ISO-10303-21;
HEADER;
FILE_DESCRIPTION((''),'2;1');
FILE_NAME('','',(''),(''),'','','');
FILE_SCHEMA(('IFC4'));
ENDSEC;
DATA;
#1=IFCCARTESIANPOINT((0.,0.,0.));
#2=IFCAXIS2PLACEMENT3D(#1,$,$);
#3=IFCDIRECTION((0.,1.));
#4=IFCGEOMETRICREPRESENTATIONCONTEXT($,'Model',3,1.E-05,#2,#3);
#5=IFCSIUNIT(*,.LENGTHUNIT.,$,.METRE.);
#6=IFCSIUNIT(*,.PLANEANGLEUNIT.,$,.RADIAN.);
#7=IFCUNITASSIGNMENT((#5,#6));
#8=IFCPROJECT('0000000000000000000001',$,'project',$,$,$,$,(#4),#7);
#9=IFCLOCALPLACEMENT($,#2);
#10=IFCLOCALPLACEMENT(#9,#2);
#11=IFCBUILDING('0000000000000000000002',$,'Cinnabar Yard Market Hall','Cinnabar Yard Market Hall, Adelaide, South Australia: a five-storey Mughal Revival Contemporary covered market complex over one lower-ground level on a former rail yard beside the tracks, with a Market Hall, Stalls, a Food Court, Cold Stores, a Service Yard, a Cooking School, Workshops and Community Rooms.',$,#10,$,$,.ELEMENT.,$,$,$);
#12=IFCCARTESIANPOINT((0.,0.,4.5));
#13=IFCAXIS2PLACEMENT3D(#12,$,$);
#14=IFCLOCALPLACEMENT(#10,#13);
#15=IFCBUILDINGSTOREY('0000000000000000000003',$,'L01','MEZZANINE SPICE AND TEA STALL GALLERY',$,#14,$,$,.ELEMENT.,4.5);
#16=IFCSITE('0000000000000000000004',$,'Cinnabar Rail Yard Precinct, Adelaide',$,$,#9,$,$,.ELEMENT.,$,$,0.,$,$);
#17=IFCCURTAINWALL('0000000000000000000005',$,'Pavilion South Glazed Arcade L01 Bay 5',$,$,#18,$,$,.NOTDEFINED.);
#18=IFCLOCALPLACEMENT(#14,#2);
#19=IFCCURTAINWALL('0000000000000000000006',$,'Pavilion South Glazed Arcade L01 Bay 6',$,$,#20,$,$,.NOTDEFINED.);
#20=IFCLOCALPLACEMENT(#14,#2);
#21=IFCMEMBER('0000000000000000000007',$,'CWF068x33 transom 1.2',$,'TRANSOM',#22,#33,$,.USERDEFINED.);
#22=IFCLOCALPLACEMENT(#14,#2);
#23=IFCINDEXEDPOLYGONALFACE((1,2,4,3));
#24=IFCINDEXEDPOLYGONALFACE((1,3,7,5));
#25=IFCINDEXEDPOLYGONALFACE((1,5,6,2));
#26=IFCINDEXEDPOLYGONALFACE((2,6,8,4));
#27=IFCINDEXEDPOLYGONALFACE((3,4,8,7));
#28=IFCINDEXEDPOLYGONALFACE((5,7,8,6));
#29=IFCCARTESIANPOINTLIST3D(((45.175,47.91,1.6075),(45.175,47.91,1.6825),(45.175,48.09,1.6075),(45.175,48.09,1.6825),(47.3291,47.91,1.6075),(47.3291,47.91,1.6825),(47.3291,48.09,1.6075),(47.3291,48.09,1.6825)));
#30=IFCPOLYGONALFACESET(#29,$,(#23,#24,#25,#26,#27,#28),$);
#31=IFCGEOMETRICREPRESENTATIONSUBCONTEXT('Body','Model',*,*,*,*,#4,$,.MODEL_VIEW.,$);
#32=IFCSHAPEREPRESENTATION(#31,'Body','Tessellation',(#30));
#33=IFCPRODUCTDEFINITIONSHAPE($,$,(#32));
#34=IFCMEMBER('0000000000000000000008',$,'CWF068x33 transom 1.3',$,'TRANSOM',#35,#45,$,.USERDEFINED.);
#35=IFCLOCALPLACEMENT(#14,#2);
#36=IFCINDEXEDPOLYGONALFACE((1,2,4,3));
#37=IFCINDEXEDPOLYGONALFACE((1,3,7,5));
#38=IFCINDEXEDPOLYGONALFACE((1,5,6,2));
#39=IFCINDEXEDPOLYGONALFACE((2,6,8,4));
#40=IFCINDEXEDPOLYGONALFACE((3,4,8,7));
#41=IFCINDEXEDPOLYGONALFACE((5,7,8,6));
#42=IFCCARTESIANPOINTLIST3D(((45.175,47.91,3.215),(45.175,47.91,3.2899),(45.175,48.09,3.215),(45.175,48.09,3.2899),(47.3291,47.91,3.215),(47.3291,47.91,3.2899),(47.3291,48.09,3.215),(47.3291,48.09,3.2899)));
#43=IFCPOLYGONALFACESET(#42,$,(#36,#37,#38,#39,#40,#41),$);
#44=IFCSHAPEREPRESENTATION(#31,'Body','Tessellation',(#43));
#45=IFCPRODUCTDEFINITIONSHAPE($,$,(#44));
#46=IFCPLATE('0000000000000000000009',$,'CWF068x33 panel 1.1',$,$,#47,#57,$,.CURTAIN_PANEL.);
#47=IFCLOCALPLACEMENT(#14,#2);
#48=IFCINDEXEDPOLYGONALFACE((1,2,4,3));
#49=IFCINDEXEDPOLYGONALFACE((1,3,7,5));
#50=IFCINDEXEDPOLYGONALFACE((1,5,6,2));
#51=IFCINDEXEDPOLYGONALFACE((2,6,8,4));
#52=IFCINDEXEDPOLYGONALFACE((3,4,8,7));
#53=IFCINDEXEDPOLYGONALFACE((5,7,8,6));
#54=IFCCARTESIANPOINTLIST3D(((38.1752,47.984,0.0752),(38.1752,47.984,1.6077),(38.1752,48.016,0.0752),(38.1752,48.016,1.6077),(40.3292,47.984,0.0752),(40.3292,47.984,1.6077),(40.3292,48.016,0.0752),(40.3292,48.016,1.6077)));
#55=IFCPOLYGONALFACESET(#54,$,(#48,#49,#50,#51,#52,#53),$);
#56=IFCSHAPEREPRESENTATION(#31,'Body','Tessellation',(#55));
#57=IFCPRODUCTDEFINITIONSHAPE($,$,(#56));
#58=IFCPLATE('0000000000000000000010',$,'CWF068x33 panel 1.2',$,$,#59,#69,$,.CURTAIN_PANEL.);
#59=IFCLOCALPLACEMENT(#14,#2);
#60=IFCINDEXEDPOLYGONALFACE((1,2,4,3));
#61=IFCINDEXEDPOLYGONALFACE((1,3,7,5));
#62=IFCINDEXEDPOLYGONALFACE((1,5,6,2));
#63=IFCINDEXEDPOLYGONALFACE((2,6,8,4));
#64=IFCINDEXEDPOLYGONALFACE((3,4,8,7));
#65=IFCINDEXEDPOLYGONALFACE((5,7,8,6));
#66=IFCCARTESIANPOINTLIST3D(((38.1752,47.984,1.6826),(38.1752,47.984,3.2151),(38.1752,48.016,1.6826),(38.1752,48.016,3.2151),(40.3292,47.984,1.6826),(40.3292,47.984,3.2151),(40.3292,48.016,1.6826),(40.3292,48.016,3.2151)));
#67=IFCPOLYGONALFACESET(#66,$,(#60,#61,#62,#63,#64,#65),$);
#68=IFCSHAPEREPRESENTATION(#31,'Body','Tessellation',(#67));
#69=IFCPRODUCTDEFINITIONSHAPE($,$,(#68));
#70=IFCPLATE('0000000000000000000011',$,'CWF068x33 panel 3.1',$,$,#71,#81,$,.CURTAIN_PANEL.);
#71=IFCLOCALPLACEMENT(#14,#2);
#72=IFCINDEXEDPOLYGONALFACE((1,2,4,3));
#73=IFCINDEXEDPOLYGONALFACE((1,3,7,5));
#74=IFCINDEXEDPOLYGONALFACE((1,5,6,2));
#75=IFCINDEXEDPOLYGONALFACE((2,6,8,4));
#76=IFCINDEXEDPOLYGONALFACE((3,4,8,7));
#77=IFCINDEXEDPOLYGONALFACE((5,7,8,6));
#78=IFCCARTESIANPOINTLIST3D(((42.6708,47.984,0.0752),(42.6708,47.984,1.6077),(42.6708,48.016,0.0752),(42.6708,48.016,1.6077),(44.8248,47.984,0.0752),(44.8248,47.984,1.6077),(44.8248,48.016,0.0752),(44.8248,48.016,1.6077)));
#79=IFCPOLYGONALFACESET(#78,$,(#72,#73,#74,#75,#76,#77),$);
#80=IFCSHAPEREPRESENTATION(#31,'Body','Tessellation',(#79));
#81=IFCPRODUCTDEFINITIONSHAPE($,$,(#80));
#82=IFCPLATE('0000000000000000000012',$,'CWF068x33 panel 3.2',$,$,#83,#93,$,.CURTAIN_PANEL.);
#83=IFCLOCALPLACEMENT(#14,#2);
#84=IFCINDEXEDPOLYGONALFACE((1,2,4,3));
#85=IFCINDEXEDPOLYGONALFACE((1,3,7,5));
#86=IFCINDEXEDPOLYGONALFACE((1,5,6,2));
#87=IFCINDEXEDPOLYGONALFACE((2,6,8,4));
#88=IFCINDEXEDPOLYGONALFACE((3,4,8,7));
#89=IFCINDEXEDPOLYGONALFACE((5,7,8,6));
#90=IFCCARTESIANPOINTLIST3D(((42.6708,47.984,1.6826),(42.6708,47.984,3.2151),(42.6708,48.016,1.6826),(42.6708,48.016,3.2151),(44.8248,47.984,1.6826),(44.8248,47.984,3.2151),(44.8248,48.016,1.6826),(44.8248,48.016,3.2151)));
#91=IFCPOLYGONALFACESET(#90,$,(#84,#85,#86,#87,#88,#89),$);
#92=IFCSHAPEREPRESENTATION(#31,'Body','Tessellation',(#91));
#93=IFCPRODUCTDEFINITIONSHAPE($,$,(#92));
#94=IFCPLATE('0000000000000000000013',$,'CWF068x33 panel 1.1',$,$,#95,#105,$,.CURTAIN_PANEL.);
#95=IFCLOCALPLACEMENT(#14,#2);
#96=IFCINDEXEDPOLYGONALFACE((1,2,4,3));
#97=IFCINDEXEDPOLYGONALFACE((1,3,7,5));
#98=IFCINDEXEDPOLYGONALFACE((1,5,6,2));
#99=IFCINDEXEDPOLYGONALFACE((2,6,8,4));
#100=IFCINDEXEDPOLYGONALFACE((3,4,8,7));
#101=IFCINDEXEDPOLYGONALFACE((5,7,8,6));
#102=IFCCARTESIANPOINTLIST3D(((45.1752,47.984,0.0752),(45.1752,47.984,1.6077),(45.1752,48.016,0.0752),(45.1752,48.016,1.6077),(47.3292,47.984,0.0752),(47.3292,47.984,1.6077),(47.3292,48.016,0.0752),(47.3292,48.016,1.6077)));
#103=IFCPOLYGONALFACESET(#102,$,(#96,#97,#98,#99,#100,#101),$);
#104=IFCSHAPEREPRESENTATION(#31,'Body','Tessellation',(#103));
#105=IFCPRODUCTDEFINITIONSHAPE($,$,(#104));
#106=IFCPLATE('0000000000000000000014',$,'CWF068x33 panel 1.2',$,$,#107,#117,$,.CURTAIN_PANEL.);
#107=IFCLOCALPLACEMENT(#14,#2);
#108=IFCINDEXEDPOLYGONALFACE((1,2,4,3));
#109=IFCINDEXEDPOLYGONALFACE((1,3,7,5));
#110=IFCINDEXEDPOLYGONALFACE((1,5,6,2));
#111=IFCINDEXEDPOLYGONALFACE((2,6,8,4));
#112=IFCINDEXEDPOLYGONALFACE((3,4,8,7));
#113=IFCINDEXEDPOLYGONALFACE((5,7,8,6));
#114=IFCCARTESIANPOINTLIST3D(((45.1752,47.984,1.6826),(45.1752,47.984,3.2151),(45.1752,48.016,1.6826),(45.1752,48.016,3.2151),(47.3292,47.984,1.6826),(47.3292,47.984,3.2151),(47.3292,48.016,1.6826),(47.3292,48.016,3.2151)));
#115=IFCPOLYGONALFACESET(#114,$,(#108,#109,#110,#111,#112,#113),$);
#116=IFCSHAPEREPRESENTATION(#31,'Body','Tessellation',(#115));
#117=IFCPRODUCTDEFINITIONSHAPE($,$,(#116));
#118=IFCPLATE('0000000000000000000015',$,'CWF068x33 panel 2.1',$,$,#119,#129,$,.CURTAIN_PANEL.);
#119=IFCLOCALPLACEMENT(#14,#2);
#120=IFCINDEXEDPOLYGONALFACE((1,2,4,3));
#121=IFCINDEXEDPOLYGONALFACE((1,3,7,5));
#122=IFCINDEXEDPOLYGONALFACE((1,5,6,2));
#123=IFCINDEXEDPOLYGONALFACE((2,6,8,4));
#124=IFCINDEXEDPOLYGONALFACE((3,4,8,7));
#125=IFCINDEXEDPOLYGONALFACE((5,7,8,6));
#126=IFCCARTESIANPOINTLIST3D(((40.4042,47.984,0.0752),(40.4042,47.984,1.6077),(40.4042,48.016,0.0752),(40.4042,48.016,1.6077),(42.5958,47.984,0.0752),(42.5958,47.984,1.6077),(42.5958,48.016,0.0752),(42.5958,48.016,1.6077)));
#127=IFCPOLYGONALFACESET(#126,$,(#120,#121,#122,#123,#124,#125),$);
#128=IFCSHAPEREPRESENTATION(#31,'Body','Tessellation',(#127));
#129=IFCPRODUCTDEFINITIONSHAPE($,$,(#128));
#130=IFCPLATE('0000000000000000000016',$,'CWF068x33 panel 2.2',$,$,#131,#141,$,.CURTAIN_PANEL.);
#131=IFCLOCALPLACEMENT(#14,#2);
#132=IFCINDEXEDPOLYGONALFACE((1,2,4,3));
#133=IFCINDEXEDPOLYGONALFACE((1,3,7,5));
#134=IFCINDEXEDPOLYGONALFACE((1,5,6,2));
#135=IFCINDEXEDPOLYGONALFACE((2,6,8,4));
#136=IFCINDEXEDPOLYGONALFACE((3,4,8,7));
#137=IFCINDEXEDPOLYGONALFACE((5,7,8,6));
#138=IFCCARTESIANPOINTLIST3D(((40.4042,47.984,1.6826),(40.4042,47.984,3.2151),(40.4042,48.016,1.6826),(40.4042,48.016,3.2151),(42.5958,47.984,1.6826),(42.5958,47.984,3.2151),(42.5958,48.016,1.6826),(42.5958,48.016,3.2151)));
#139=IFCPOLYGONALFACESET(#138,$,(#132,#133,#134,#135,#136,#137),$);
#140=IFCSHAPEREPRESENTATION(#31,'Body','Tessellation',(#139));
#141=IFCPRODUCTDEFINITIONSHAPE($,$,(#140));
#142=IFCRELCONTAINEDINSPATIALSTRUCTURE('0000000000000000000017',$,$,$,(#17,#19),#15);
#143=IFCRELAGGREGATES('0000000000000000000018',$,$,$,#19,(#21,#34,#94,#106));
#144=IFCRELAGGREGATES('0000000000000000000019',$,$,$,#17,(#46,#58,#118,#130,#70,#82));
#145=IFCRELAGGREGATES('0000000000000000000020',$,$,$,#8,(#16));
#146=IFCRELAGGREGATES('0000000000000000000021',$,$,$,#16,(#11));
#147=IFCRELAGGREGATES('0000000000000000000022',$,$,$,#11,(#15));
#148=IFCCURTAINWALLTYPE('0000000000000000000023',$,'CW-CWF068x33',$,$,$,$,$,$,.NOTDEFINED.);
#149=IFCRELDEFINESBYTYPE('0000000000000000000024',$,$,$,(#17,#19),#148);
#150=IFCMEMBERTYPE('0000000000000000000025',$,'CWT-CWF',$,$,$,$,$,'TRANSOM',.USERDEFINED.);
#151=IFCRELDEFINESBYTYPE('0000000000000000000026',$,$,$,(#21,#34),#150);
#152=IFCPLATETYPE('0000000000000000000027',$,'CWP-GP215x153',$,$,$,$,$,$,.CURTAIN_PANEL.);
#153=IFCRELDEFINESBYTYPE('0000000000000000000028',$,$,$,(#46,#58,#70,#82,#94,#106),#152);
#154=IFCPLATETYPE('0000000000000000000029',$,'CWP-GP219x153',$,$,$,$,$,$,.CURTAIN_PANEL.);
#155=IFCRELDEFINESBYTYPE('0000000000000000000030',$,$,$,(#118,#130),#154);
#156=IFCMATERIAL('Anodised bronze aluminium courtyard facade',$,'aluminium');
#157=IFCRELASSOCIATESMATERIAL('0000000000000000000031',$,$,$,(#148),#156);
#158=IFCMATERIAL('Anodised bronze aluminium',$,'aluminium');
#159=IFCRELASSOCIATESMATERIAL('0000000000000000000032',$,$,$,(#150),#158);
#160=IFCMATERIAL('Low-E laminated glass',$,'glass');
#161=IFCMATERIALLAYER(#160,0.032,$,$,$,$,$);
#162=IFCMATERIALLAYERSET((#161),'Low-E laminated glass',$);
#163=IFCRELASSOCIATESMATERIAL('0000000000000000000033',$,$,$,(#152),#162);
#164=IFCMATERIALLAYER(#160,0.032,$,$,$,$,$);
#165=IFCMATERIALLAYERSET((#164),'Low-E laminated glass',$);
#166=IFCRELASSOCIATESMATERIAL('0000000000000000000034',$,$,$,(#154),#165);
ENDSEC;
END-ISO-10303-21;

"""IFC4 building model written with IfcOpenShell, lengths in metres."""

from ifc_helpers import new_model, si_unit, direction, frame, origin, origin_2d_with_axis, place, context, subcontext, project, spatial, rectangle, extrude, material, layer, layer_set, material_profile, profile_set, type_object, element, aggregate, save


model = new_model("IFC4")

# Units and contexts
model_context = context("Model", 3, precision=1e-05, world=origin(), true_north=direction((0.0, 1.0)))
body_context = subcontext(model_context, "Body", "Model", "MODEL_VIEW")
ifc_project = project(units=[si_unit("LENGTHUNIT", "METRE"), si_unit("PLANEANGLEUNIT", "RADIAN")], contexts=[model_context])

# Site, building, storey
site_placement = place(None, origin())
site = spatial("IfcSite", under=ifc_project, at=site_placement, Name="Cinnabar Rail Yard Precinct, Adelaide", CompositionType="ELEMENT", RefElevation=0.0)
building_placement = place(site_placement, origin())
building = spatial("IfcBuilding", under=site, at=building_placement, Name="Cinnabar Yard Market Hall", Description="Cinnabar Yard Market Hall, Adelaide, South Australia: a five-storey Mughal Revival Contemporary covered market complex over one lower-ground level on a former rail yard beside the tracks, with a Market Hall, Stalls, a Food Court, Cold Stores, a Service Yard, a Cooking School, Workshops and Community Rooms.", CompositionType="ELEMENT")
storey_placement = place(building_placement, frame((0.0, 0.0, 4.5)))
storey = spatial("IfcBuildingStorey", under=building, at=storey_placement, Name="L01", Description="MEZZANINE SPICE AND TEA STALL GALLERY", CompositionType="ELEMENT", Elevation=4.5)

# Curtain wall
ifc_material_1 = material(Name="Anodised bronze aluminium courtyard facade", Category="aluminium")
curtain_wall_type = type_object("IfcCurtainWallType", Name="CW-CWF068x33", PredefinedType="NOTDEFINED", material=ifc_material_1)
curtain_wall_1_placement = place(storey_placement, origin())
curtain_wall_1 = element("IfcCurtainWall", 1, at=curtain_wall_1_placement, inside=storey, type_object=curtain_wall_type, Name="Pavilion South Glazed Arcade L01 Bay 5", PredefinedType="NOTDEFINED")
ifc_material_2 = material(Name="Anodised bronze aluminium", Category="aluminium")

# Curtain wall
curtain_wall_2_placement = place(storey_placement, origin())
curtain_wall_2 = element("IfcCurtainWall", 2, at=curtain_wall_2_placement, inside=storey, type_object=curtain_wall_type, Name="Pavilion South Glazed Arcade L01 Bay 6", PredefinedType="NOTDEFINED")

# Members
ifc_material_profile_1 = material_profile(ifc_material_2, rectangle(XDim=0.1799, YDim=0.075, at=origin_2d_with_axis()), Name="TRN-CWF")
ifc_profile_set_1 = profile_set([ifc_material_profile_1], Name="Anodised bronze aluminium")
member_type_1 = type_object("IfcMemberType", Name="CWT-CWF", ElementType="TRANSOM", PredefinedType="USERDEFINED", material=ifc_profile_set_1)
member_1_placement = place(storey_placement, frame((45.175, 48.0, 1.645), z_axis=(1.0, 0.0, 0.0), x_axis=(0.0, 1.0, 0.0)))
member_1 = element("IfcMember", 3, at=member_1_placement, type_object=member_type_1, Name="CWF068x33 transom 1.2", ObjectType="TRANSOM", PredefinedType="USERDEFINED", context=body_context, shape_type="SweptSolid", body=[
    extrude(rectangle(XDim=0.1799, YDim=0.075, at=origin_2d_with_axis()), origin(), (0.0, 0.0, 1.0), 2.1541),
])
member_2_placement = place(storey_placement, frame((45.175, 48.0, 3.2524), z_axis=(1.0, 0.0, 0.0), x_axis=(0.0, 1.0, 0.0)))
member_2 = element("IfcMember", 4, at=member_2_placement, type_object=member_type_1, Name="CWF068x33 transom 1.3", ObjectType="TRANSOM", PredefinedType="USERDEFINED", context=body_context, shape_type="SweptSolid", body=[
    extrude(rectangle(XDim=0.1799, YDim=0.075, at=origin_2d_with_axis()), origin(), (0.0, 0.0, 1.0), 2.1541),
])

# Plates
ifc_material_3 = material(Name="Low-E laminated glass", Category="glass")
ifc_layer_1 = layer(ifc_material_3, 0.032)
ifc_layer_set_1 = layer_set([ifc_layer_1], Name="Low-E laminated glass")
plate_type_1 = type_object("IfcPlateType", Name="CWP-GP215x153", PredefinedType="CURTAIN_PANEL", material=ifc_layer_set_1)
plate_1_placement = place(storey_placement, frame((39.2522, 48.0, 0.0752), z_axis=(0.0, 0.0, 1.0), x_axis=(1.0, 0.0, 0.0)))
plate_1 = element("IfcPlate", 5, at=plate_1_placement, type_object=plate_type_1, Name="CWF068x33 panel 1.1", PredefinedType="CURTAIN_PANEL", context=body_context, shape_type="SweptSolid", body=[
    extrude(rectangle(XDim=2.1541, YDim=0.032, at=origin_2d_with_axis()), origin(), (0.0, 0.0, 1.0), 1.5325),
])
plate_2_placement = place(storey_placement, frame((39.2522, 48.0, 1.6826), z_axis=(0.0, 0.0, 1.0), x_axis=(1.0, 0.0, 0.0)))
plate_2 = element("IfcPlate", 6, at=plate_2_placement, type_object=plate_type_1, Name="CWF068x33 panel 1.2", PredefinedType="CURTAIN_PANEL", context=body_context, shape_type="SweptSolid", body=[
    extrude(rectangle(XDim=2.1541, YDim=0.032, at=origin_2d_with_axis()), origin(), (0.0, 0.0, 1.0), 1.5325),
])
plate_3_placement = place(storey_placement, frame((43.7478, 48.0, 0.0752), z_axis=(0.0, 0.0, 1.0), x_axis=(1.0, 0.0, 0.0)))
plate_3 = element("IfcPlate", 7, at=plate_3_placement, type_object=plate_type_1, Name="CWF068x33 panel 3.1", PredefinedType="CURTAIN_PANEL", context=body_context, shape_type="SweptSolid", body=[
    extrude(rectangle(XDim=2.1541, YDim=0.032, at=origin_2d_with_axis()), origin(), (0.0, 0.0, 1.0), 1.5325),
])
plate_4_placement = place(storey_placement, frame((43.7478, 48.0, 1.6826), z_axis=(0.0, 0.0, 1.0), x_axis=(1.0, 0.0, 0.0)))
plate_4 = element("IfcPlate", 8, at=plate_4_placement, type_object=plate_type_1, Name="CWF068x33 panel 3.2", PredefinedType="CURTAIN_PANEL", context=body_context, shape_type="SweptSolid", body=[
    extrude(rectangle(XDim=2.1541, YDim=0.032, at=origin_2d_with_axis()), origin(), (0.0, 0.0, 1.0), 1.5325),
])
plate_5_placement = place(storey_placement, frame((46.2522, 48.0, 0.0752), z_axis=(0.0, 0.0, 1.0), x_axis=(1.0, 0.0, 0.0)))
plate_5 = element("IfcPlate", 9, at=plate_5_placement, type_object=plate_type_1, Name="CWF068x33 panel 1.1", PredefinedType="CURTAIN_PANEL", context=body_context, shape_type="SweptSolid", body=[
    extrude(rectangle(XDim=2.1541, YDim=0.032, at=origin_2d_with_axis()), origin(), (0.0, 0.0, 1.0), 1.5325),
])
plate_6_placement = place(storey_placement, frame((46.2522, 48.0, 1.6826), z_axis=(0.0, 0.0, 1.0), x_axis=(1.0, 0.0, 0.0)))
plate_6 = element("IfcPlate", 10, at=plate_6_placement, type_object=plate_type_1, Name="CWF068x33 panel 1.2", PredefinedType="CURTAIN_PANEL", context=body_context, shape_type="SweptSolid", body=[
    extrude(rectangle(XDim=2.1541, YDim=0.032, at=origin_2d_with_axis()), origin(), (0.0, 0.0, 1.0), 1.5325),
])
aggregate(curtain_wall_2, [member_1, member_2, plate_5, plate_6])
ifc_layer_2 = layer(ifc_material_3, 0.032)
ifc_layer_set_2 = layer_set([ifc_layer_2], Name="Low-E laminated glass")
plate_type_2 = type_object("IfcPlateType", Name="CWP-GP219x153", PredefinedType="CURTAIN_PANEL", material=ifc_layer_set_2)
plate_7_placement = place(storey_placement, frame((41.5, 48.0, 0.0752), z_axis=(0.0, 0.0, 1.0), x_axis=(1.0, 0.0, 0.0)))
plate_7 = element("IfcPlate", 11, at=plate_7_placement, type_object=plate_type_2, Name="CWF068x33 panel 2.1", PredefinedType="CURTAIN_PANEL", context=body_context, shape_type="SweptSolid", body=[
    extrude(rectangle(XDim=2.1917, YDim=0.032, at=origin_2d_with_axis()), origin(), (0.0, 0.0, 1.0), 1.5325),
])
plate_8_placement = place(storey_placement, frame((41.5, 48.0, 1.6826), z_axis=(0.0, 0.0, 1.0), x_axis=(1.0, 0.0, 0.0)))
plate_8 = element("IfcPlate", 12, at=plate_8_placement, type_object=plate_type_2, Name="CWF068x33 panel 2.2", PredefinedType="CURTAIN_PANEL", context=body_context, shape_type="SweptSolid", body=[
    extrude(rectangle(XDim=2.1917, YDim=0.032, at=origin_2d_with_axis()), origin(), (0.0, 0.0, 1.0), 1.5325),
])
aggregate(curtain_wall_1, [plate_1, plate_2, plate_7, plate_8, plate_3, plate_4])

save(model, "model.ifc")
